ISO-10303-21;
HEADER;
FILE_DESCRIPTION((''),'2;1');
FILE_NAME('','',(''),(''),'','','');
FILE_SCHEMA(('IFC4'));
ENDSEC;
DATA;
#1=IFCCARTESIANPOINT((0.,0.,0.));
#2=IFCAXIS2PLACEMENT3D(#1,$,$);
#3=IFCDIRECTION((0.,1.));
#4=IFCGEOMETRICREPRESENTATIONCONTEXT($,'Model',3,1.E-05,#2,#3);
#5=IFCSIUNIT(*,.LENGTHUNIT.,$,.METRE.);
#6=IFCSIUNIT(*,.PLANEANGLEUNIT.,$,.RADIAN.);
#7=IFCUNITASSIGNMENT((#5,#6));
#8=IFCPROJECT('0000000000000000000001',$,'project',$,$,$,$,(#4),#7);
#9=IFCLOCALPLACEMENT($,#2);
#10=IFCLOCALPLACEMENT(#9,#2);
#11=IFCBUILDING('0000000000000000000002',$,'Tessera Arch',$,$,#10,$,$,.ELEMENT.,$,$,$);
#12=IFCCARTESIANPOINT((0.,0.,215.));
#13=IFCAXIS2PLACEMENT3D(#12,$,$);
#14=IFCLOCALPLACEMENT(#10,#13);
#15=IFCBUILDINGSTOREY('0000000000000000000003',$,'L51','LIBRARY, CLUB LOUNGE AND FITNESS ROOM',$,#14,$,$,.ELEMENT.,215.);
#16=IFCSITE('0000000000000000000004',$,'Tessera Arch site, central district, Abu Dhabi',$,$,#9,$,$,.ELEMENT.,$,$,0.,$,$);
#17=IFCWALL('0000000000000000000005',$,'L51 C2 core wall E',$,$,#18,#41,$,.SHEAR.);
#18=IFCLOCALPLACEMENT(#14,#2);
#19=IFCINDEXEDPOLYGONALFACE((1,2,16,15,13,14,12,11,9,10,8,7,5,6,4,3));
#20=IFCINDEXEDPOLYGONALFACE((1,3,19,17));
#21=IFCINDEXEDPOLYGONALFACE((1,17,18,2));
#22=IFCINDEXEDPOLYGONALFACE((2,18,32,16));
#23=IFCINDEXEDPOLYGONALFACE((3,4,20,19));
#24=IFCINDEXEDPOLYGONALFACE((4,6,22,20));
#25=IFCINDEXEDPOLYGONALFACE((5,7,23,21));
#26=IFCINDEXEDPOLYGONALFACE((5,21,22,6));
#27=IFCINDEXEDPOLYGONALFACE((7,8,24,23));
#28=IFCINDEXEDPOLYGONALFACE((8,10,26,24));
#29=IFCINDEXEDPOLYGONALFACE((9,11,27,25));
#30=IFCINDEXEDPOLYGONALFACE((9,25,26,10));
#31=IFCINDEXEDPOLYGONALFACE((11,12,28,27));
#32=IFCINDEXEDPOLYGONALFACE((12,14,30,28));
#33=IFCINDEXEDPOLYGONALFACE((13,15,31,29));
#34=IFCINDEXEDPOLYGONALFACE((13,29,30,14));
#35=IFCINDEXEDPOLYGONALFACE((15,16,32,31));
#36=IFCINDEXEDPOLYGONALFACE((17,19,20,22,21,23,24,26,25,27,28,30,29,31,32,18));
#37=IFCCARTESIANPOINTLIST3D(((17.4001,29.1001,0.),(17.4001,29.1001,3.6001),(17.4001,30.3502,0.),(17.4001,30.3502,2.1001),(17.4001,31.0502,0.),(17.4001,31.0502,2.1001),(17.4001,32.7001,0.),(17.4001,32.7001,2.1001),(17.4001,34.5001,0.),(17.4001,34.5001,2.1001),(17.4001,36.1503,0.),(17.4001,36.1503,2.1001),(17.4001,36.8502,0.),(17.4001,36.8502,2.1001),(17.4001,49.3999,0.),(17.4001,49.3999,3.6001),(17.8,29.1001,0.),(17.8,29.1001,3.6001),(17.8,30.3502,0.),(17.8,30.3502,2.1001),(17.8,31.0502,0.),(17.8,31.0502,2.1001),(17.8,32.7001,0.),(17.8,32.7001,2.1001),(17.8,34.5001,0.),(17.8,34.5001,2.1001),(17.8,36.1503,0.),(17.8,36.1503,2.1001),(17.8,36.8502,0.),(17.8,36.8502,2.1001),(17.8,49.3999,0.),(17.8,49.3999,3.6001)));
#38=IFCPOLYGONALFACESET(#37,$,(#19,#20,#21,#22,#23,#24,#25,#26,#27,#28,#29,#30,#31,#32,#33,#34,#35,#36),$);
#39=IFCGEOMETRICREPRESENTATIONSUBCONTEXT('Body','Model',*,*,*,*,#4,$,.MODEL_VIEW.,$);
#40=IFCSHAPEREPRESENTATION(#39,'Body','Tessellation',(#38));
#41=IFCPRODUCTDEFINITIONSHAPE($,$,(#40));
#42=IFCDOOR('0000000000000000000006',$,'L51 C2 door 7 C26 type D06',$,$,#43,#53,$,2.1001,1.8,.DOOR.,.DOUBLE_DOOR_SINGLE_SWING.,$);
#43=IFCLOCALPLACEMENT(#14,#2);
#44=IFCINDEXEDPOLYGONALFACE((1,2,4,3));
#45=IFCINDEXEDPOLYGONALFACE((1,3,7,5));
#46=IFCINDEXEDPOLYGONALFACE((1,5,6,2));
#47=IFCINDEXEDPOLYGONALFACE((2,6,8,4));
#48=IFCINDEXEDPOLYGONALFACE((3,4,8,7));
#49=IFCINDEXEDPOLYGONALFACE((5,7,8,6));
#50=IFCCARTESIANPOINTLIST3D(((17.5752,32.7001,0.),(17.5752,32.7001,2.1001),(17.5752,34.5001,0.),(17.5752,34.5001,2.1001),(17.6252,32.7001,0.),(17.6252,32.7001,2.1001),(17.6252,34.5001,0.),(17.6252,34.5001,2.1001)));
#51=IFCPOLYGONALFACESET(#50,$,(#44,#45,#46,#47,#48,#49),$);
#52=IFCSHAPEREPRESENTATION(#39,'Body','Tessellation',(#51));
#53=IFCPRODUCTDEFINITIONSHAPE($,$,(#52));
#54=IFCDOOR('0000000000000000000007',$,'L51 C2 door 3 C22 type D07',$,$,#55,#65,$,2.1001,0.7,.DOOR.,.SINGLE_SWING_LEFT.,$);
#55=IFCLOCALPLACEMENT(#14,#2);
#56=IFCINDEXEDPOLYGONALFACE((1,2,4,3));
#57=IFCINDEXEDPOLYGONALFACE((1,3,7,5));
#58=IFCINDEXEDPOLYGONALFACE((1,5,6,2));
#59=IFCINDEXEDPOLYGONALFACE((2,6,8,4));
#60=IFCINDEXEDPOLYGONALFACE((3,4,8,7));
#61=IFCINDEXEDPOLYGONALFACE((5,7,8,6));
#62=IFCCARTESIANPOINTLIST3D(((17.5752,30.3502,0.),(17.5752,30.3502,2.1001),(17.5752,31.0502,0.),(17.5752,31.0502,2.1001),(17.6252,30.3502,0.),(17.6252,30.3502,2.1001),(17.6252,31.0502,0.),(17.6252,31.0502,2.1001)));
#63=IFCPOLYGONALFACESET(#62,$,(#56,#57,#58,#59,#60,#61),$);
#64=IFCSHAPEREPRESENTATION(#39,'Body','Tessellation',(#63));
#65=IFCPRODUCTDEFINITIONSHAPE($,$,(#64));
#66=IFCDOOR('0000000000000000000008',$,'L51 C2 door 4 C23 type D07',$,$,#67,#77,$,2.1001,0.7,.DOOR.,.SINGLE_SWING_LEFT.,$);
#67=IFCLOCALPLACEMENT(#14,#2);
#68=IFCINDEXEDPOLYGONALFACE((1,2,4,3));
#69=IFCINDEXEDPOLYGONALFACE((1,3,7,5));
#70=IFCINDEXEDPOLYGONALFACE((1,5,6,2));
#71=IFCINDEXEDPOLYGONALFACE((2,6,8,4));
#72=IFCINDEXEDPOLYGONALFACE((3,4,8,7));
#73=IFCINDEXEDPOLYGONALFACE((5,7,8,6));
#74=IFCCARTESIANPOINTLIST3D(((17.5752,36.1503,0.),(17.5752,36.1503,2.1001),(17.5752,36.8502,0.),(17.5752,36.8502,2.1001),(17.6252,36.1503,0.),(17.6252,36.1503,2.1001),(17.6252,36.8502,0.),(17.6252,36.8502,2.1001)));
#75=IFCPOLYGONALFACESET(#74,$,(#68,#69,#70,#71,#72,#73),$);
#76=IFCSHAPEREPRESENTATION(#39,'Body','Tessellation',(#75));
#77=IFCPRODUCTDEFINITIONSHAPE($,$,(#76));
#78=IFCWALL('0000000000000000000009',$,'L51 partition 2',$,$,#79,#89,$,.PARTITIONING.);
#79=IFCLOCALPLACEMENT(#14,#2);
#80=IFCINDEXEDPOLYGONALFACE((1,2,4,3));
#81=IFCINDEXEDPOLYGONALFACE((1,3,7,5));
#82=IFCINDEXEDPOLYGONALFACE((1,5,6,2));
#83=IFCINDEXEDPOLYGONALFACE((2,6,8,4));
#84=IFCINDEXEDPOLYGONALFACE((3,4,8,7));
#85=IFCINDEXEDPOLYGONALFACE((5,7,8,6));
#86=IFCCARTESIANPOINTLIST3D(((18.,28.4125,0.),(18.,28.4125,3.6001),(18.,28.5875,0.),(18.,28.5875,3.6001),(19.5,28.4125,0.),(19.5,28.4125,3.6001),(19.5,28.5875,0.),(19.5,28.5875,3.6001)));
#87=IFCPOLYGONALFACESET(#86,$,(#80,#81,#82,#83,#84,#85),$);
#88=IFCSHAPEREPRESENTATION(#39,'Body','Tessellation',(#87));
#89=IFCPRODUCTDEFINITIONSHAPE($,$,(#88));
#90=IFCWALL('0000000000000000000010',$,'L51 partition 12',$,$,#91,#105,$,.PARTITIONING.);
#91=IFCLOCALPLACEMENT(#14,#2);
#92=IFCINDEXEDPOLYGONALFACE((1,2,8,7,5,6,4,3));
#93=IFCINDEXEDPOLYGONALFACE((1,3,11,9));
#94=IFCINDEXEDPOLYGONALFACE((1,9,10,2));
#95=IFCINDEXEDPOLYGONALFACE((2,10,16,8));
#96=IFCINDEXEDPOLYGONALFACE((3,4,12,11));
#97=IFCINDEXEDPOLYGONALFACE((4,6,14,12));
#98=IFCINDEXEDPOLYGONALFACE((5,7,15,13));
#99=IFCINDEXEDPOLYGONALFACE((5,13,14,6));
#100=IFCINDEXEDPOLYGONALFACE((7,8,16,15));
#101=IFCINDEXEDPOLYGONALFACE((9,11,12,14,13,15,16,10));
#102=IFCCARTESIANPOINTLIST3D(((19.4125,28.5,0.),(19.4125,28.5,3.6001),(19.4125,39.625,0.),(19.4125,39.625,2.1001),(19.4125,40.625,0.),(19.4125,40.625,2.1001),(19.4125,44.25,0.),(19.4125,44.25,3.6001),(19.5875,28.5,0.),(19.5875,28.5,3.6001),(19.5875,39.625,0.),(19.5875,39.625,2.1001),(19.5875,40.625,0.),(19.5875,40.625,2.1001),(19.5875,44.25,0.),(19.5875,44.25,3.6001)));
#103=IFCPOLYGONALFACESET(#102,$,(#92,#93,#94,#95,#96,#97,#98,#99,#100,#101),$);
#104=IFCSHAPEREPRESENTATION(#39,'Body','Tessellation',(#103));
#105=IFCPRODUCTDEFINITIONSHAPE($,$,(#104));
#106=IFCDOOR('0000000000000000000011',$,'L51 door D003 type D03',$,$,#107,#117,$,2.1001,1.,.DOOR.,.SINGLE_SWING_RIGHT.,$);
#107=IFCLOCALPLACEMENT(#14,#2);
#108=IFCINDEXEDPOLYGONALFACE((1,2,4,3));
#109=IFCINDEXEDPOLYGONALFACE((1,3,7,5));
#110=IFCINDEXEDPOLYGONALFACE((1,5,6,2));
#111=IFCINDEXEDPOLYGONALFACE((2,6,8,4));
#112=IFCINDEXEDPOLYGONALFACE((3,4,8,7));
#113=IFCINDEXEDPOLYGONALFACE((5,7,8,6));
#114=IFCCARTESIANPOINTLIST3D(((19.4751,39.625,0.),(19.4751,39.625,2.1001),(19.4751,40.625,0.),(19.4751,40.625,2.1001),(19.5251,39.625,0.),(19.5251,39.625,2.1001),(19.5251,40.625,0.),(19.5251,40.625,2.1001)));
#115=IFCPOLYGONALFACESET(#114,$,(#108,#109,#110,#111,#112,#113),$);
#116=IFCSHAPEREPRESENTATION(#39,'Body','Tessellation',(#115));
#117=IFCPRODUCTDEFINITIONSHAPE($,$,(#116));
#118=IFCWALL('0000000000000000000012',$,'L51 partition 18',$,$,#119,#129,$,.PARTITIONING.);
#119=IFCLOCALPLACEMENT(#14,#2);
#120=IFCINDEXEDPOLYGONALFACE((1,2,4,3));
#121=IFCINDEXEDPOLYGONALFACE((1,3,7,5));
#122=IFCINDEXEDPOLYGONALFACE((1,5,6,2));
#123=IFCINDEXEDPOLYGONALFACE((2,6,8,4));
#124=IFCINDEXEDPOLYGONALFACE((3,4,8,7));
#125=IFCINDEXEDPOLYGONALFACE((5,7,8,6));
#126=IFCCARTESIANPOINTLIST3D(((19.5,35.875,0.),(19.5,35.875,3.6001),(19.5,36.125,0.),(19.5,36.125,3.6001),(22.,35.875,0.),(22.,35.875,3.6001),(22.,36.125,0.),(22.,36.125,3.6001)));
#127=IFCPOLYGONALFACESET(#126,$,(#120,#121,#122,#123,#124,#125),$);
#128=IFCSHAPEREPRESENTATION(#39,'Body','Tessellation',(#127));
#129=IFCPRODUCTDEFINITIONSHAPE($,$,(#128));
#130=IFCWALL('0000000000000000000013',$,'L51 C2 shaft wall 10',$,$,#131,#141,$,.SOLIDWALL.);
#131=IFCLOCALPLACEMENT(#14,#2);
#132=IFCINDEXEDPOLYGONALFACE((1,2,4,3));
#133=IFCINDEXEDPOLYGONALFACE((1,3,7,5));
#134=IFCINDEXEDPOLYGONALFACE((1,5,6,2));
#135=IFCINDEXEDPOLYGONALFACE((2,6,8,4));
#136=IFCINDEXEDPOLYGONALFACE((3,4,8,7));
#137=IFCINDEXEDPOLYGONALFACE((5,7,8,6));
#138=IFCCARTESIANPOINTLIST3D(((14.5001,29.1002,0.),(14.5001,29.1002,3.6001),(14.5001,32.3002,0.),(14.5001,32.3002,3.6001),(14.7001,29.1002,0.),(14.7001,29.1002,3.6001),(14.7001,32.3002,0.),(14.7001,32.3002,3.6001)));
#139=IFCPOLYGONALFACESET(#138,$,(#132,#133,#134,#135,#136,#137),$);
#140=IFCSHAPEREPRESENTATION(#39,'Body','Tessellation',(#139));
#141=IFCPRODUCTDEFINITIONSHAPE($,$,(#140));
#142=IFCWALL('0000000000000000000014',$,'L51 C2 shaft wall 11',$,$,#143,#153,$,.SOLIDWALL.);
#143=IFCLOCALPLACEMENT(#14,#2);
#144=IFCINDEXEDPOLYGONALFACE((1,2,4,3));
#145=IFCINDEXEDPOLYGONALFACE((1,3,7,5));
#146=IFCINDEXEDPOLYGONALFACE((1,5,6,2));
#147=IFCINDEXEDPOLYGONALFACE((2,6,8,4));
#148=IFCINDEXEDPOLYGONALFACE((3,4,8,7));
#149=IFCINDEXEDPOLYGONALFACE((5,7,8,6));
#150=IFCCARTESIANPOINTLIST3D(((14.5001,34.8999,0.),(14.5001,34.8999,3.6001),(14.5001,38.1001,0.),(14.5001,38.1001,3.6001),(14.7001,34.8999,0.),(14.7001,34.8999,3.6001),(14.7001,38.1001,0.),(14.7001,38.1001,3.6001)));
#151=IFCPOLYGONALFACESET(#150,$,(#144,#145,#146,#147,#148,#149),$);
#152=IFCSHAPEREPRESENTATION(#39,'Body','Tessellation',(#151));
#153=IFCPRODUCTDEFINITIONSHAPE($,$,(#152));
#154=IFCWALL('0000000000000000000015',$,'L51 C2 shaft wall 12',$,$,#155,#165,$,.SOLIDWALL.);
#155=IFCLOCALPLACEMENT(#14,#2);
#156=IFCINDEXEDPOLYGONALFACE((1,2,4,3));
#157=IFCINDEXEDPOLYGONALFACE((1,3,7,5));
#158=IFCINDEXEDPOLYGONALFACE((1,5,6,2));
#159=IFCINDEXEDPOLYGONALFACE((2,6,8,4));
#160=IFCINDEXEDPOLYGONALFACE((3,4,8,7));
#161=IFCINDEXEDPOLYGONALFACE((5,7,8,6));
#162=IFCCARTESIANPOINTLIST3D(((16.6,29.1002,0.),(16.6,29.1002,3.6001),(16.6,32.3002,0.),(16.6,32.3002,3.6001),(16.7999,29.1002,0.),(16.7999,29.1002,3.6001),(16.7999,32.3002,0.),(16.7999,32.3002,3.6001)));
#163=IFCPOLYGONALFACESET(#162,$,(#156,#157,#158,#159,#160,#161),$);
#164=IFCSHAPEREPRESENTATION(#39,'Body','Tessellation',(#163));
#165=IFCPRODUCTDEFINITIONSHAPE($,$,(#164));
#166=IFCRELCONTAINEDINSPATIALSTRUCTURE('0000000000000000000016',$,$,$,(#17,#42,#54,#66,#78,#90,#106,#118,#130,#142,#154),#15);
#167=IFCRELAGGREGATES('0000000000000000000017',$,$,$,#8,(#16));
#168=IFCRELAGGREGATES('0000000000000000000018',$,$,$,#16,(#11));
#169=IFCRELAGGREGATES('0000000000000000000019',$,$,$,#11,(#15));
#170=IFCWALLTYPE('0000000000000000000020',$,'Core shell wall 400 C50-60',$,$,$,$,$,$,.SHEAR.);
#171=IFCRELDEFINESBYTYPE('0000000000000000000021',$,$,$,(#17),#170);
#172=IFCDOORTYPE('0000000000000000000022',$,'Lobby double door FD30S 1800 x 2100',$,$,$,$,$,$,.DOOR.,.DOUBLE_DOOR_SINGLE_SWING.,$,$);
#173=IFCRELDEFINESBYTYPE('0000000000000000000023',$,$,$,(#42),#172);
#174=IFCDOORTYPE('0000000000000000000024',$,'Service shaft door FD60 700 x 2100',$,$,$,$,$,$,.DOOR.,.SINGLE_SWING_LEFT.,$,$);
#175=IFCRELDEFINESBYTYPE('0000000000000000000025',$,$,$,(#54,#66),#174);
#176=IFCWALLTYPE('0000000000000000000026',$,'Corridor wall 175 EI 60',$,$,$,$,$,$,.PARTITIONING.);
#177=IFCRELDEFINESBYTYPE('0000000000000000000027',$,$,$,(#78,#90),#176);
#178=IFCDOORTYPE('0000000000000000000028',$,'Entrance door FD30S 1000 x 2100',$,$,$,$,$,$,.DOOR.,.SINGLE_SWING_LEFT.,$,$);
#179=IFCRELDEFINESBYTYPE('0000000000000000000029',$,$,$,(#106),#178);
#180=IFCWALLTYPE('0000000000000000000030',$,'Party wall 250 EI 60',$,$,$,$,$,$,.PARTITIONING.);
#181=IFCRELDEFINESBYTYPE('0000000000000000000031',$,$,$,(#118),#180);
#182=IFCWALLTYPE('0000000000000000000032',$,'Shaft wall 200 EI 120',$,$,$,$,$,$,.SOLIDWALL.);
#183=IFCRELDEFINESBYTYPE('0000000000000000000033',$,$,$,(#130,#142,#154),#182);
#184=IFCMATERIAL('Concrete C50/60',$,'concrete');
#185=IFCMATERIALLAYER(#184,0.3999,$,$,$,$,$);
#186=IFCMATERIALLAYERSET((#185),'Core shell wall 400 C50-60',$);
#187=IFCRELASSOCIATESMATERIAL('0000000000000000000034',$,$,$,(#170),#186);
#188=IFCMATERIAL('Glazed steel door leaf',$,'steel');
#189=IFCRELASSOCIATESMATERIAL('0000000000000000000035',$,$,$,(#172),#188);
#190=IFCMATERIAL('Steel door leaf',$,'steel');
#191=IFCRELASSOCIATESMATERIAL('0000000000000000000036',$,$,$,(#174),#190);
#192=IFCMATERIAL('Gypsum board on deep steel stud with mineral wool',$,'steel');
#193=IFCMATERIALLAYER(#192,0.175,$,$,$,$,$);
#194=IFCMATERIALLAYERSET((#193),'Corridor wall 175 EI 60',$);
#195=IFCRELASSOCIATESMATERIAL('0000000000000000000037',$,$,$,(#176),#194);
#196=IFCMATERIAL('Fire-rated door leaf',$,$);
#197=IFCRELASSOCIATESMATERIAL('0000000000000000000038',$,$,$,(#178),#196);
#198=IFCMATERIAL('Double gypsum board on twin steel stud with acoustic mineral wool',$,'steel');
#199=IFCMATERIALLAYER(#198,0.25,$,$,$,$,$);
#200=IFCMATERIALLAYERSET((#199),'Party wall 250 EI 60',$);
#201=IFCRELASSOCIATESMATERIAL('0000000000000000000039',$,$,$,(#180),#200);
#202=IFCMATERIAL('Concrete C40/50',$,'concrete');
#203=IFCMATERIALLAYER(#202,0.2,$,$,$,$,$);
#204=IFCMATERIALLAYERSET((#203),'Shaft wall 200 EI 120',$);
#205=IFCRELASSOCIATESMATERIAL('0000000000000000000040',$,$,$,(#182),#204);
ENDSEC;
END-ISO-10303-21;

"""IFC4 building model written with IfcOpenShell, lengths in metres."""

from ifc_helpers import new_model, si_unit, direction, frame, frame_2d, origin, place, context, subcontext, project, spatial, rectangle, extrude, material, layer, layer_set, type_object, element, fill, save


model = new_model("IFC4")

# Units and contexts
model_context = context("Model", 3, precision=1e-05, world=origin(), true_north=direction((0.0, 1.0)))
body_context = subcontext(model_context, "Body", "Model", "MODEL_VIEW")
ifc_project = project(units=[si_unit("LENGTHUNIT", "METRE"), si_unit("PLANEANGLEUNIT", "RADIAN")], contexts=[model_context])

# Site, building, storey
site_placement = place(None, origin())
site = spatial("IfcSite", under=ifc_project, at=site_placement, Name="Tessera Arch site, central district, Abu Dhabi", CompositionType="ELEMENT", RefElevation=0.0)
building_placement = place(site_placement, origin())
building = spatial("IfcBuilding", under=site, at=building_placement, Name="Tessera Arch", CompositionType="ELEMENT")
storey_placement = place(building_placement, frame((0.0, 0.0, 215.0)))
storey = spatial("IfcBuildingStorey", under=building, at=storey_placement, Name="L51", Description="LIBRARY, CLUB LOUNGE AND FITNESS ROOM", CompositionType="ELEMENT", Elevation=215.0)

# Wall, openings, doors
ifc_material_1 = material(Name="Concrete C50/60", Category="concrete")
ifc_layer_1 = layer(ifc_material_1, 0.3999)
ifc_layer_set_1 = layer_set([ifc_layer_1], Name="Core shell wall 400 C50-60")
wall_type_1 = type_object("IfcWallType", Name="Core shell wall 400 C50-60", PredefinedType="SHEAR", material=ifc_layer_set_1)
wall_1_placement = place(storey_placement, frame((17.6001, 29.1001, 0.0), z_axis=(0.0, 0.0, 1.0), x_axis=(0.0, 1.0, 0.0)))
wall_1 = element("IfcWall", 1, at=wall_1_placement, inside=storey, type_object=wall_type_1, Name="L51 C2 core wall E", PredefinedType="SHEAR", context=body_context, shape_type="SweptSolid", body=[
    extrude(rectangle(XDim=20.2998, YDim=0.3999, at=frame_2d((10.1499, 0.0))), origin(), (0.0, 0.0, 1.0), 3.6001),
])
opening_1_placement = place(wall_1_placement, frame((1.25, 0.0, 0.0)))
opening_1 = element("IfcOpeningElement", 2, at=opening_1_placement, cuts=wall_1, PredefinedType="OPENING", context=body_context, shape_type="SweptSolid", body=[
    extrude(rectangle(XDim=0.7, YDim=2.1001, at=frame_2d((0.3501, 1.05))), frame((0.0, 0.21, 0.0), z_axis=(0.0, -1.0, 0.0), x_axis=(1.0, 0.0, 0.0)), (0.0, 0.0, 1.0), 0.4199),
])
opening_2_placement = place(wall_1_placement, frame((7.05, 0.0, 0.0)))
opening_2 = element("IfcOpeningElement", 3, at=opening_2_placement, cuts=wall_1, PredefinedType="OPENING", context=body_context, shape_type="SweptSolid", body=[
    extrude(rectangle(XDim=0.7, YDim=2.1001, at=frame_2d((0.3501, 1.05))), frame((0.0, 0.21, 0.0), z_axis=(0.0, -1.0, 0.0), x_axis=(1.0, 0.0, 0.0)), (0.0, 0.0, 1.0), 0.4199),
])
opening_3_placement = place(wall_1_placement, frame((3.6001, 0.0, 0.0)))
opening_3 = element("IfcOpeningElement", 4, at=opening_3_placement, cuts=wall_1, PredefinedType="OPENING", context=body_context, shape_type="SweptSolid", body=[
    extrude(rectangle(XDim=1.8, YDim=2.1001, at=frame_2d((0.8999, 1.05))), frame((0.0, 0.21, 0.0), z_axis=(0.0, -1.0, 0.0), x_axis=(1.0, 0.0, 0.0)), (0.0, 0.0, 1.0), 0.4199),
])
ifc_material_2 = material(Name="Glazed steel door leaf", Category="steel")
door_type_1 = type_object("IfcDoorType", Name="Lobby double door FD30S 1800 x 2100", OperationType="DOUBLE_DOOR_SINGLE_SWING", PredefinedType="DOOR", material=ifc_material_2)
door_1_placement = place(opening_3_placement, origin())
door_1 = element("IfcDoor", 5, at=door_1_placement, inside=storey, type_object=door_type_1, Name="L51 C2 door 7 C26 type D06", OperationType="DOUBLE_DOOR_SINGLE_SWING", OverallHeight=2.1001, OverallWidth=1.8, PredefinedType="DOOR", context=body_context, shape_type="SweptSolid", body=[
    extrude(rectangle(XDim=1.8, YDim=2.1001, at=frame_2d((0.8999, 1.05))), frame((0.0, 0.0249, 0.0), z_axis=(0.0, -1.0, 0.0), x_axis=(1.0, 0.0, 0.0)), (0.0, 0.0, 1.0), 0.05),
])
fill(opening_3, door_1)
ifc_material_3 = material(Name="Steel door leaf", Category="steel")
door_type_2 = type_object("IfcDoorType", Name="Service shaft door FD60 700 x 2100", OperationType="SINGLE_SWING_LEFT", PredefinedType="DOOR", material=ifc_material_3)
door_2_placement = place(opening_1_placement, origin())
door_2 = element("IfcDoor", 6, at=door_2_placement, inside=storey, type_object=door_type_2, Name="L51 C2 door 3 C22 type D07", OperationType="SINGLE_SWING_LEFT", OverallHeight=2.1001, OverallWidth=0.7, PredefinedType="DOOR", context=body_context, shape_type="SweptSolid", body=[
    extrude(rectangle(XDim=0.7, YDim=2.1001, at=frame_2d((0.3501, 1.05))), frame((0.0, 0.0249, 0.0), z_axis=(0.0, -1.0, 0.0), x_axis=(1.0, 0.0, 0.0)), (0.0, 0.0, 1.0), 0.05),
])
fill(opening_1, door_2)
door_3_placement = place(opening_2_placement, origin())
door_3 = element("IfcDoor", 7, at=door_3_placement, inside=storey, type_object=door_type_2, Name="L51 C2 door 4 C23 type D07", OperationType="SINGLE_SWING_LEFT", OverallHeight=2.1001, OverallWidth=0.7, PredefinedType="DOOR", context=body_context, shape_type="SweptSolid", body=[
    extrude(rectangle(XDim=0.7, YDim=2.1001, at=frame_2d((0.3501, 1.05))), frame((0.0, 0.0249, 0.0), z_axis=(0.0, -1.0, 0.0), x_axis=(1.0, 0.0, 0.0)), (0.0, 0.0, 1.0), 0.05),
])
fill(opening_2, door_3)

# Wall
ifc_material_4 = material(Name="Gypsum board on deep steel stud with mineral wool", Category="steel")
ifc_layer_2 = layer(ifc_material_4, 0.175)
ifc_layer_set_2 = layer_set([ifc_layer_2], Name="Corridor wall 175 EI 60")
wall_type_2 = type_object("IfcWallType", Name="Corridor wall 175 EI 60", PredefinedType="PARTITIONING", material=ifc_layer_set_2)
wall_2_placement = place(storey_placement, frame((18.0, 28.5, 0.0), z_axis=(0.0, 0.0, 1.0), x_axis=(1.0, 0.0, 0.0)))
element("IfcWall", 8, at=wall_2_placement, inside=storey, type_object=wall_type_2, Name="L51 partition 2", PredefinedType="PARTITIONING", context=body_context, shape_type="SweptSolid", body=[
    extrude(rectangle(XDim=1.5, YDim=0.175, at=frame_2d((0.75, 0.0))), origin(), (0.0, 0.0, 1.0), 3.6001),
])

# Wall, opening, door
wall_3_placement = place(storey_placement, frame((19.5, 28.5, 0.0), z_axis=(0.0, 0.0, 1.0), x_axis=(0.0, 1.0, 0.0)))
wall_3 = element("IfcWall", 9, at=wall_3_placement, inside=storey, type_object=wall_type_2, Name="L51 partition 12", PredefinedType="PARTITIONING", context=body_context, shape_type="SweptSolid", body=[
    extrude(rectangle(XDim=15.75, YDim=0.175, at=frame_2d((7.875, 0.0))), origin(), (0.0, 0.0, 1.0), 3.6001),
])
opening_4_placement = place(wall_3_placement, frame((11.125, 0.0, 0.0)))
opening_4 = element("IfcOpeningElement", 10, at=opening_4_placement, cuts=wall_3, PredefinedType="OPENING", context=body_context, shape_type="SweptSolid", body=[
    extrude(rectangle(XDim=1.0, YDim=2.1001, at=frame_2d((0.5, 1.05))), frame((0.0, 0.0974, 0.0), z_axis=(0.0, -1.0, 0.0), x_axis=(1.0, 0.0, 0.0)), (0.0, 0.0, 1.0), 0.1951),
])
ifc_material_5 = material(Name="Fire-rated door leaf")
door_type_3 = type_object("IfcDoorType", Name="Entrance door FD30S 1000 x 2100", OperationType="SINGLE_SWING_LEFT", PredefinedType="DOOR", material=ifc_material_5)
door_4_placement = place(opening_4_placement, origin())
door_4 = element("IfcDoor", 11, at=door_4_placement, inside=storey, type_object=door_type_3, Name="L51 door D003 type D03", OperationType="SINGLE_SWING_RIGHT", OverallHeight=2.1001, OverallWidth=1.0, PredefinedType="DOOR", context=body_context, shape_type="SweptSolid", body=[
    extrude(rectangle(XDim=1.0, YDim=2.1001, at=frame_2d((0.5, 1.05))), frame((0.0, 0.0249, 0.0), z_axis=(0.0, -1.0, 0.0), x_axis=(1.0, 0.0, 0.0)), (0.0, 0.0, 1.0), 0.05),
])
fill(opening_4, door_4)

# Walls
ifc_material_6 = material(Name="Double gypsum board on twin steel stud with acoustic mineral wool", Category="steel")
ifc_layer_3 = layer(ifc_material_6, 0.25)
ifc_layer_set_3 = layer_set([ifc_layer_3], Name="Party wall 250 EI 60")
wall_type_3 = type_object("IfcWallType", Name="Party wall 250 EI 60", PredefinedType="PARTITIONING", material=ifc_layer_set_3)
wall_4_placement = place(storey_placement, frame((19.5, 36.0, 0.0), z_axis=(0.0, 0.0, 1.0), x_axis=(1.0, 0.0, 0.0)))
element("IfcWall", 12, at=wall_4_placement, inside=storey, type_object=wall_type_3, Name="L51 partition 18", PredefinedType="PARTITIONING", context=body_context, shape_type="SweptSolid", body=[
    extrude(rectangle(XDim=2.5, YDim=0.25, at=frame_2d((1.25, 0.0))), origin(), (0.0, 0.0, 1.0), 3.6001),
])
ifc_material_7 = material(Name="Concrete C40/50", Category="concrete")
ifc_layer_4 = layer(ifc_material_7, 0.2)
ifc_layer_set_4 = layer_set([ifc_layer_4], Name="Shaft wall 200 EI 120")
wall_type_4 = type_object("IfcWallType", Name="Shaft wall 200 EI 120", PredefinedType="SOLIDWALL", material=ifc_layer_set_4)
wall_5_placement = place(storey_placement, frame((14.6001, 29.1001, 0.0), z_axis=(0.0, 0.0, 1.0), x_axis=(0.0, 1.0, 0.0)))
element("IfcWall", 13, at=wall_5_placement, inside=storey, type_object=wall_type_4, Name="L51 C2 shaft wall 10", PredefinedType="SOLIDWALL", context=body_context, shape_type="SweptSolid", body=[
    extrude(rectangle(XDim=3.2, YDim=0.2, at=frame_2d((1.6001, 0.0))), origin(), (0.0, 0.0, 1.0), 3.6001),
])
wall_6_placement = place(storey_placement, frame((14.6001, 34.8999, 0.0), z_axis=(0.0, 0.0, 1.0), x_axis=(0.0, 1.0, 0.0)))
element("IfcWall", 14, at=wall_6_placement, inside=storey, type_object=wall_type_4, Name="L51 C2 shaft wall 11", PredefinedType="SOLIDWALL", context=body_context, shape_type="SweptSolid", body=[
    extrude(rectangle(XDim=3.2002, YDim=0.2, at=frame_2d((1.6001, 0.0))), origin(), (0.0, 0.0, 1.0), 3.6001),
])
wall_7_placement = place(storey_placement, frame((16.7, 29.1001, 0.0), z_axis=(0.0, 0.0, 1.0), x_axis=(0.0, 1.0, 0.0)))
element("IfcWall", 15, at=wall_7_placement, inside=storey, type_object=wall_type_4, Name="L51 C2 shaft wall 12", PredefinedType="SOLIDWALL", context=body_context, shape_type="SweptSolid", body=[
    extrude(rectangle(XDim=3.2, YDim=0.2, at=frame_2d((1.6001, 0.0))), origin(), (0.0, 0.0, 1.0), 3.6001),
])

save(model, "model.ifc")
